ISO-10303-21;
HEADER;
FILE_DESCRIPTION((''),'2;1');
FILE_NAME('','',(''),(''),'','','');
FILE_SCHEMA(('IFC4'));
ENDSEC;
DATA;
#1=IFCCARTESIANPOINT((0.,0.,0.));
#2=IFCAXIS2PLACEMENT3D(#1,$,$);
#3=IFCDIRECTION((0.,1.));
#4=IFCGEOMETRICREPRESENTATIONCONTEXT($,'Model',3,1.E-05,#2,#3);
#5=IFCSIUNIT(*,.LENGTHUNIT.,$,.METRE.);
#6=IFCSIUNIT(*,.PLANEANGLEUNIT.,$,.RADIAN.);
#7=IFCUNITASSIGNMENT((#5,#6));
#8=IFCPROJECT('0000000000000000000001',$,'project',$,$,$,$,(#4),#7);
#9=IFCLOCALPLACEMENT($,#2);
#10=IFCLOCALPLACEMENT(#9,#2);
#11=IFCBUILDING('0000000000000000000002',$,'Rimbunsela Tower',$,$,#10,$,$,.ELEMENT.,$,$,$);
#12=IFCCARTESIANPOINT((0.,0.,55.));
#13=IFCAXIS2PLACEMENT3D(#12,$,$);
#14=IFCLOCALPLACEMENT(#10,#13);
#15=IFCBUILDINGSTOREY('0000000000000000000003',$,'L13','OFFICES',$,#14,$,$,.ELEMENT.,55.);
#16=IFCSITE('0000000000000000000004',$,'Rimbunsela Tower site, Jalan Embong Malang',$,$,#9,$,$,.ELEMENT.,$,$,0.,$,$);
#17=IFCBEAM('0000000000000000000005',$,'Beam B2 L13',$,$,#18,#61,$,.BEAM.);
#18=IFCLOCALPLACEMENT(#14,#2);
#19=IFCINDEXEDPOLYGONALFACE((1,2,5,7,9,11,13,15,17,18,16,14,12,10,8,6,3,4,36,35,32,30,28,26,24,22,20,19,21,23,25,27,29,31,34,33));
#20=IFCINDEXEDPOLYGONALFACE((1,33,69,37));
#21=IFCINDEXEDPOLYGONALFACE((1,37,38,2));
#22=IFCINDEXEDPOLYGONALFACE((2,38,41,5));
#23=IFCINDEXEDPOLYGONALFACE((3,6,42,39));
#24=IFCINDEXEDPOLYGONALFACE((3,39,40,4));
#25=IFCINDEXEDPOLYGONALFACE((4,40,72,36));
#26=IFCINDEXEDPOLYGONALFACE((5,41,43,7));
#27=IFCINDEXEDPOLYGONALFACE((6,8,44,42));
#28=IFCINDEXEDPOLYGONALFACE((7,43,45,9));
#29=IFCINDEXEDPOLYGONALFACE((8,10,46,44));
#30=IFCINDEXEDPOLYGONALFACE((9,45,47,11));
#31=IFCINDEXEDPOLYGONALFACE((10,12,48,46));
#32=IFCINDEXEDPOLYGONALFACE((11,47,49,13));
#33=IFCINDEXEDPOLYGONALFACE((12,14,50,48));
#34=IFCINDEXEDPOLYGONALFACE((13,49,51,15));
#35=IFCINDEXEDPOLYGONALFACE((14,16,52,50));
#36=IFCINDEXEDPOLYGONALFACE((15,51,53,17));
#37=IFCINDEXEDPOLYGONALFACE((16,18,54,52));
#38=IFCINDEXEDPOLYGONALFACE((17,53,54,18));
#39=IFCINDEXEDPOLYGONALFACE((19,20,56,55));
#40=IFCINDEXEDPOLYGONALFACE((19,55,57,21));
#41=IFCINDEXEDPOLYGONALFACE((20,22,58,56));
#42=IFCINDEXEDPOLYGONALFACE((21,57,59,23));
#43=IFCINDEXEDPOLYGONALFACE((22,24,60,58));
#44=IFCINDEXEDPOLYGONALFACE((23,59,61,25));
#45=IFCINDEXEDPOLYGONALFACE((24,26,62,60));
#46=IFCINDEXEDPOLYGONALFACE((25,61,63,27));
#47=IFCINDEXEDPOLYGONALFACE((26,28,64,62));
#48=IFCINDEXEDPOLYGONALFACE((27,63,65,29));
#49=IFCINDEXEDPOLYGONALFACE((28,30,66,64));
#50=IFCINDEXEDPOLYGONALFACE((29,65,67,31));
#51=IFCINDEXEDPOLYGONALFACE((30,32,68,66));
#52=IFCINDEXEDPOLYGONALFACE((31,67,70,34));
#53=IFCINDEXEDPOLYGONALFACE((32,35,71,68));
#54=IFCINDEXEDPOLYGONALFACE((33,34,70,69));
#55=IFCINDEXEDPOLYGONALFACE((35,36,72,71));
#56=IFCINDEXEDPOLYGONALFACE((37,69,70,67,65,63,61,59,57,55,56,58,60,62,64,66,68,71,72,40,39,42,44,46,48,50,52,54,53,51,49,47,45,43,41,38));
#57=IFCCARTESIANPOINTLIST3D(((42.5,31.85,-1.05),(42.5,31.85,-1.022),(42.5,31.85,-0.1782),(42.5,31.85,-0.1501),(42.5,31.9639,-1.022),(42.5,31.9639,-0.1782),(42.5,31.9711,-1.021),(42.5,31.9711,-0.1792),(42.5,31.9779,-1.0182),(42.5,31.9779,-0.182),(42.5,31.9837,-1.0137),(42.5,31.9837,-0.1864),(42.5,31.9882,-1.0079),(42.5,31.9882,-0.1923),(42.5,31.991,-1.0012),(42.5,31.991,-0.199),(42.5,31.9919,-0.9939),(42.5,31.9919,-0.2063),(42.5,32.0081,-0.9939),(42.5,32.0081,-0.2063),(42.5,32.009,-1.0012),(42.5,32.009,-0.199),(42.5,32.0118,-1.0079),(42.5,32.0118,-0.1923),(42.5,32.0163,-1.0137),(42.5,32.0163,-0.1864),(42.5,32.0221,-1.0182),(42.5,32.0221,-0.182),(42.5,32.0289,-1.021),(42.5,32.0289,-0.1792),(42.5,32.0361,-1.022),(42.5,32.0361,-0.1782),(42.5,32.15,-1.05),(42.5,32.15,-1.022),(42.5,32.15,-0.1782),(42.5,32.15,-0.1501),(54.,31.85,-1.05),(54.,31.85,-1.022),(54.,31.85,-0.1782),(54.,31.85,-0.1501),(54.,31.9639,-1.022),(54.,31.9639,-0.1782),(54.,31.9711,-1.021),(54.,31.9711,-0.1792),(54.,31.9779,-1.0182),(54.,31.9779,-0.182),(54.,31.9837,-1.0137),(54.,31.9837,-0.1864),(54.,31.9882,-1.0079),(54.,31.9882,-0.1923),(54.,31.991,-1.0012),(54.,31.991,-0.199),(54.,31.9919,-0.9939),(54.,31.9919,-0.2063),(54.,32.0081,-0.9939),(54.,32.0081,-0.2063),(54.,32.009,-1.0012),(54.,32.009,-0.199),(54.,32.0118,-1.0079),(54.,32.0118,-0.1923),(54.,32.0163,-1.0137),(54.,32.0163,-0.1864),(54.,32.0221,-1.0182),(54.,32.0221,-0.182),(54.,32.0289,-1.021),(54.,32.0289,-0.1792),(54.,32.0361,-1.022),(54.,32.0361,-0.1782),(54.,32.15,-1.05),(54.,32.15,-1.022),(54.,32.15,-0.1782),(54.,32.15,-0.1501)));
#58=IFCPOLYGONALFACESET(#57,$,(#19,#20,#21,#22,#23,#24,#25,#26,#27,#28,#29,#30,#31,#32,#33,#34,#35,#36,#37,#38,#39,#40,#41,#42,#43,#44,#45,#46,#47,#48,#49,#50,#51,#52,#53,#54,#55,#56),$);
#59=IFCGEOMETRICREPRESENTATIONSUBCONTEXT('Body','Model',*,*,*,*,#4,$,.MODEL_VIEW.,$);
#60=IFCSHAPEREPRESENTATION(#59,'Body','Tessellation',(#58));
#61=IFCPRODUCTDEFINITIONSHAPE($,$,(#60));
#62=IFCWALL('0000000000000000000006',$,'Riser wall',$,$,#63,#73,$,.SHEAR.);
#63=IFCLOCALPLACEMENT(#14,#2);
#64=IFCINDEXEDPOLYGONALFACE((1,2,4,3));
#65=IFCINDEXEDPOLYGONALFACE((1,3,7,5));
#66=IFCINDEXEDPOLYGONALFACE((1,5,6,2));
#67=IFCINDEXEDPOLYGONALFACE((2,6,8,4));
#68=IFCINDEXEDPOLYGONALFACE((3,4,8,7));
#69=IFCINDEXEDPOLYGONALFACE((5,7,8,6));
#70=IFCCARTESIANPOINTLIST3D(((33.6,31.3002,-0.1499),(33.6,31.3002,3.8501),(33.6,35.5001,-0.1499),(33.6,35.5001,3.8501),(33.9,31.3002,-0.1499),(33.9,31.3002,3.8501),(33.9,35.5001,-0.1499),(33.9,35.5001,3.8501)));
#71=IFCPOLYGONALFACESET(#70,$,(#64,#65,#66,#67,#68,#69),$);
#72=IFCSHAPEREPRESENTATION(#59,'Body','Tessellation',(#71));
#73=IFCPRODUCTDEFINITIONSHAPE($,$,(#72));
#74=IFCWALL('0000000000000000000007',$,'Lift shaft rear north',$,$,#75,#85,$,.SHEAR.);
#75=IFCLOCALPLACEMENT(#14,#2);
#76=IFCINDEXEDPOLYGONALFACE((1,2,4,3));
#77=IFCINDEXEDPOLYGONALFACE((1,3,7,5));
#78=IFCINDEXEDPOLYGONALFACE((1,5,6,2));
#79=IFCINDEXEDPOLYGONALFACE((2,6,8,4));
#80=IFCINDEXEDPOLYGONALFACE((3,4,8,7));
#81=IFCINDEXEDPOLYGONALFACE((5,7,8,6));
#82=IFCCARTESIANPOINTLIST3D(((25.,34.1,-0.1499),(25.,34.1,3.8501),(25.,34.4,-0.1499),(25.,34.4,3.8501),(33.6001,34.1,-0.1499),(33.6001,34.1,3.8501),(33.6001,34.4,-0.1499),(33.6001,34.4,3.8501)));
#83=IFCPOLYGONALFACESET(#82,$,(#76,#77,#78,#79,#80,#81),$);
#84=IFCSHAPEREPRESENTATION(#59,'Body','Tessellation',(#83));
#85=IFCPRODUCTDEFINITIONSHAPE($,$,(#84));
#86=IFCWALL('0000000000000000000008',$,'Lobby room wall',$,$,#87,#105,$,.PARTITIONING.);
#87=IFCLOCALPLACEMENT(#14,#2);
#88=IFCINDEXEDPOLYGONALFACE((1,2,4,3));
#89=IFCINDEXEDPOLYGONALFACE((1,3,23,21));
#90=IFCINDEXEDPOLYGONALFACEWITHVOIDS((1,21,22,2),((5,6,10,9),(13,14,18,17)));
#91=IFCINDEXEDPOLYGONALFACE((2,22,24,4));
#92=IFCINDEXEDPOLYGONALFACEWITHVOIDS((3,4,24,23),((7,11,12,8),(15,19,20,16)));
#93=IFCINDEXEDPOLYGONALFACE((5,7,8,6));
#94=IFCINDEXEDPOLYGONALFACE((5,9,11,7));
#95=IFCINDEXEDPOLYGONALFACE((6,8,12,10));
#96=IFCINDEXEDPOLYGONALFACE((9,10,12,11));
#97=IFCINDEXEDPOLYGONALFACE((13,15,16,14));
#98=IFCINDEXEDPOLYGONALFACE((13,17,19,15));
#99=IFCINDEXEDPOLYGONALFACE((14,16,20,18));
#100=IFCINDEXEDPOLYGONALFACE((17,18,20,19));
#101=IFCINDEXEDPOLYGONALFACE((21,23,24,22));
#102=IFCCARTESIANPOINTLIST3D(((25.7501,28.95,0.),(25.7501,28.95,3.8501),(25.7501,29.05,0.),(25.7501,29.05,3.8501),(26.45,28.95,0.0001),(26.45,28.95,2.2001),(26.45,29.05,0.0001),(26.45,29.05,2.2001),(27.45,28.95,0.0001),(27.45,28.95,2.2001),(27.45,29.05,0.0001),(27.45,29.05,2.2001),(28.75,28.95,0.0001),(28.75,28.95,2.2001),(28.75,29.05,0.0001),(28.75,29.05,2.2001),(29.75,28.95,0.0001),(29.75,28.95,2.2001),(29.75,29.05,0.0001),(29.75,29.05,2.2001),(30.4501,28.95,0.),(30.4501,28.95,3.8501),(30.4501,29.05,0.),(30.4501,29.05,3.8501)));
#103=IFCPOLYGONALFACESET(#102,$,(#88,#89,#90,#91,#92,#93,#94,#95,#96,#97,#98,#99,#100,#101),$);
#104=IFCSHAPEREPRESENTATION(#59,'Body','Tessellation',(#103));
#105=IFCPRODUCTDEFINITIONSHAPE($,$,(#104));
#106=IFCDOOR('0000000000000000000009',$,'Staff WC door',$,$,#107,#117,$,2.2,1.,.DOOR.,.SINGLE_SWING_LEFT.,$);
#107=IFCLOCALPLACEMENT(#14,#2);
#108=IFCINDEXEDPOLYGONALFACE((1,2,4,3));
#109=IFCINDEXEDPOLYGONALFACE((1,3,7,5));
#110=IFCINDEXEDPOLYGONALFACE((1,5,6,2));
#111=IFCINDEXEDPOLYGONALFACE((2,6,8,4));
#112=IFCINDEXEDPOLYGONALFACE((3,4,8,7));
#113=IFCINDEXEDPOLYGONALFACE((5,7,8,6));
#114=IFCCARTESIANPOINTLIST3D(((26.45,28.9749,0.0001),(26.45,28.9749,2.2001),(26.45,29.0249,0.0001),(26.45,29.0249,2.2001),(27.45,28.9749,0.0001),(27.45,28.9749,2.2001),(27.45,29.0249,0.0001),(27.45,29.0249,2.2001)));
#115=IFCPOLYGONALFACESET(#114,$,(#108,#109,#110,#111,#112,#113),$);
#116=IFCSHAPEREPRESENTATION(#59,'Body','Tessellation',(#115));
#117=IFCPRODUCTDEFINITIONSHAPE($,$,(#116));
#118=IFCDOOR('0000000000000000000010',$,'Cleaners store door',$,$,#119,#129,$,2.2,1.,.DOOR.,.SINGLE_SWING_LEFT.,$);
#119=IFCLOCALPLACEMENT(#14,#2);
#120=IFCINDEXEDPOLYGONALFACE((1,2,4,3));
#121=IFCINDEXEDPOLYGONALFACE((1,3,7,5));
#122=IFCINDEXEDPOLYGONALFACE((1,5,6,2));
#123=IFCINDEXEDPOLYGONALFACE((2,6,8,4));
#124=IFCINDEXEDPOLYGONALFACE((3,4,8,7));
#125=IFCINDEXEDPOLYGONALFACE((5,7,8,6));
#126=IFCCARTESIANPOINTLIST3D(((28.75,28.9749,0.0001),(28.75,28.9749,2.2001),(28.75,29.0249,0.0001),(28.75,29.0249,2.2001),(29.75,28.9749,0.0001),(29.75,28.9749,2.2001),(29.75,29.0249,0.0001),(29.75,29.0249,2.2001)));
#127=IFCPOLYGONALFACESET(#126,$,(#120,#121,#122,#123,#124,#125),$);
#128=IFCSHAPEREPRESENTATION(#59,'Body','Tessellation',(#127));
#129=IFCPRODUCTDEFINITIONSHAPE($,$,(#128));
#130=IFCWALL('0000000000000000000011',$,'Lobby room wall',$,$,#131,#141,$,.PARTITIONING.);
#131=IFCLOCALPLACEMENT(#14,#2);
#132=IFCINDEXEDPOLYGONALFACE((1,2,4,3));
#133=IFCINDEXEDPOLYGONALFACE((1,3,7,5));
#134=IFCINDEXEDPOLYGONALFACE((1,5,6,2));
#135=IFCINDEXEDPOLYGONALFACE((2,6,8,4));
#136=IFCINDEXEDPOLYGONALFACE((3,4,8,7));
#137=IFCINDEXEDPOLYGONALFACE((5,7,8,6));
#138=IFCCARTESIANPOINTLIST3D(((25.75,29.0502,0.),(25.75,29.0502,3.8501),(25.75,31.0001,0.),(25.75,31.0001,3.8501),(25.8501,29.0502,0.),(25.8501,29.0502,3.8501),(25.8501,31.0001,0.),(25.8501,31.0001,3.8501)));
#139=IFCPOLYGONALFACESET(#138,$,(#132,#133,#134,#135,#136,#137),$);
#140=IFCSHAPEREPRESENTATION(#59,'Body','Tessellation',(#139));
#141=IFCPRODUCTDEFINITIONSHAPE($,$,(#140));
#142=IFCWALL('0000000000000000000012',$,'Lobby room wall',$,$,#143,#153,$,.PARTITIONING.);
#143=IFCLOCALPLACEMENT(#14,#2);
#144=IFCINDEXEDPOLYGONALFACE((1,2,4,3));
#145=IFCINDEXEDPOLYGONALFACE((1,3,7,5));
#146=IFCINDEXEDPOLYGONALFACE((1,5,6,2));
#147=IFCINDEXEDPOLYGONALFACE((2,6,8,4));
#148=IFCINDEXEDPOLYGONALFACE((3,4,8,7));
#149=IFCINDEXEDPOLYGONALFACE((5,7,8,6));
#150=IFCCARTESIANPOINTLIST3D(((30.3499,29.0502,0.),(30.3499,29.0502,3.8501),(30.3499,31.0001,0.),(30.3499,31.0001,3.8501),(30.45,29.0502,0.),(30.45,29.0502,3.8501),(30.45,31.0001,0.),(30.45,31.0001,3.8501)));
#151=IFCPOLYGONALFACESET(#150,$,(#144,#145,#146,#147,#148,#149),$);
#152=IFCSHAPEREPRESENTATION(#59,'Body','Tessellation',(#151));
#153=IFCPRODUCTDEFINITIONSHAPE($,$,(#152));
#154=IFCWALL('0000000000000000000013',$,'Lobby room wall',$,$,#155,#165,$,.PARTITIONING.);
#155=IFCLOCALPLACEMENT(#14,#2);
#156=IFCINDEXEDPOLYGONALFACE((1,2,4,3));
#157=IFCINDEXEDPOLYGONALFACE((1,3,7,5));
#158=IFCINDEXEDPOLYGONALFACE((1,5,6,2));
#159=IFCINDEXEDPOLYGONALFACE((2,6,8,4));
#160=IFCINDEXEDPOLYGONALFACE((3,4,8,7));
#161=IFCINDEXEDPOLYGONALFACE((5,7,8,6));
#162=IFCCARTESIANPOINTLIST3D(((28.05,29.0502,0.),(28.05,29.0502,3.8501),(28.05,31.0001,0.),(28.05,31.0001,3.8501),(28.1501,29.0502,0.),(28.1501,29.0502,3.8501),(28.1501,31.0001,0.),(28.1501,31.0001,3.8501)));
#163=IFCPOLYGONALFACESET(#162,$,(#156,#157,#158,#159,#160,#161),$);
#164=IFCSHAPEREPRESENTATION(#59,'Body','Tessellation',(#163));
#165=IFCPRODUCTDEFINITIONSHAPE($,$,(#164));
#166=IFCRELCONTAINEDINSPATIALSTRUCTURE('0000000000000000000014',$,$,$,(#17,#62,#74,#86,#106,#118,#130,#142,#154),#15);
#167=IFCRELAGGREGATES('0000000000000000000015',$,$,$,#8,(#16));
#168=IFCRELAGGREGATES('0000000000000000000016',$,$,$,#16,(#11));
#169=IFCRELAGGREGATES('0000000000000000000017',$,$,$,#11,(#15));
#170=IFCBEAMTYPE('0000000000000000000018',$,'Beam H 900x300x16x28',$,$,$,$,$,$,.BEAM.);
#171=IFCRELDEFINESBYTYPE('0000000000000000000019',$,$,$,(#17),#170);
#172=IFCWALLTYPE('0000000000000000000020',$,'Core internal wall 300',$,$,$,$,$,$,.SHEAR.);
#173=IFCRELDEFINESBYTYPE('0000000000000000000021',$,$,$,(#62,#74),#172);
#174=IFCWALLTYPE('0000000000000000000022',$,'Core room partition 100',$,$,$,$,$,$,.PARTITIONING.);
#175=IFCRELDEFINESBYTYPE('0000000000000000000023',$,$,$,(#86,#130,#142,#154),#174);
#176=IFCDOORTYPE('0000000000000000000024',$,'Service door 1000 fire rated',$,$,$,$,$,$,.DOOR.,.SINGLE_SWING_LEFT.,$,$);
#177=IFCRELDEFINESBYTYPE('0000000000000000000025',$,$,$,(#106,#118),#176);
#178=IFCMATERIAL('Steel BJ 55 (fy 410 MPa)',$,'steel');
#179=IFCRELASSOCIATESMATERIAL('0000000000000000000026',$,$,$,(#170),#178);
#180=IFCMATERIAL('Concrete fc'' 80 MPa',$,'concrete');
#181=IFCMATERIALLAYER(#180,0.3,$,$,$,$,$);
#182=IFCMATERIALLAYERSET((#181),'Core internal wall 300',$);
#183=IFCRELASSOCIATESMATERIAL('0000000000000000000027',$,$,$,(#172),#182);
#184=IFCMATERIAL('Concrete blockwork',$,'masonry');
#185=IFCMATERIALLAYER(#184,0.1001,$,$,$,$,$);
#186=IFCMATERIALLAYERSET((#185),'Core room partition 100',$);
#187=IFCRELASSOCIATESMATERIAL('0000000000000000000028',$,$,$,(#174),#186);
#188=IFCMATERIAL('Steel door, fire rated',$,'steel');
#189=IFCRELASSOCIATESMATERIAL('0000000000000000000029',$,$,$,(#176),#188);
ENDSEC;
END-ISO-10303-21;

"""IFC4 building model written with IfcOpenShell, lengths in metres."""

from ifc_helpers import new_model, si_unit, direction, frame, frame_2d, origin, origin_2d, place, context, subcontext, project, spatial, rectangle, i_section, extrude, material, layer, layer_set, material_profile, profile_set, type_object, element, fill, save


model = new_model("IFC4")

# Units and contexts
model_context = context("Model", 3, precision=1e-05, world=origin(), true_north=direction((0.0, 1.0)))
body_context = subcontext(model_context, "Body", "Model", "MODEL_VIEW")
ifc_project = project(units=[si_unit("LENGTHUNIT", "METRE"), si_unit("PLANEANGLEUNIT", "RADIAN")], contexts=[model_context])

# Site, building, storey
site_placement = place(None, origin())
site = spatial("IfcSite", under=ifc_project, at=site_placement, Name="Rimbunsela Tower site, Jalan Embong Malang", CompositionType="ELEMENT", RefElevation=0.0)
building_placement = place(site_placement, origin())
building = spatial("IfcBuilding", under=site, at=building_placement, Name="Rimbunsela Tower", CompositionType="ELEMENT")
storey_placement = place(building_placement, frame((0.0, 0.0, 55.0)))
storey = spatial("IfcBuildingStorey", under=building, at=storey_placement, Name="L13", Description="OFFICES", CompositionType="ELEMENT", Elevation=55.0)

# Beam
ifc_material_1 = material(Name="Steel BJ 55 (fy 410 MPa)", Category="steel")
ifc_material_profile_1 = material_profile(ifc_material_1, i_section(OverallWidth=0.3, OverallDepth=0.8999, WebThickness=0.0161, FlangeThickness=0.0281, FilletRadius=0.0281, at=origin_2d()), Name="H 900x300x16x28")
ifc_profile_set_1 = profile_set([ifc_material_profile_1], Name="Steel BJ 55 (fy 410 MPa)")
beam_type_1 = type_object("IfcBeamType", Name="Beam H 900x300x16x28", PredefinedType="BEAM", material=ifc_profile_set_1)
beam_placement = place(storey_placement, frame((42.5, 32.0, -0.6001), z_axis=(1.0, 0.0, 0.0), x_axis=(0.0, 1.0, 0.0)))
element("IfcBeam", 1, at=beam_placement, inside=storey, type_object=beam_type_1, Name="Beam B2 L13", PredefinedType="BEAM", context=body_context, shape_type="SweptSolid", body=[
    extrude(i_section(OverallWidth=0.3, OverallDepth=0.8999, WebThickness=0.0161, FlangeThickness=0.0281, FilletRadius=0.0281, at=origin_2d()), origin(), (0.0, 0.0, 1.0), 11.5),
])

# Walls
ifc_material_2 = material(Name="Concrete fc' 80 MPa", Category="concrete")
ifc_layer_1 = layer(ifc_material_2, 0.3)
ifc_layer_set_1 = layer_set([ifc_layer_1], Name="Core internal wall 300")
wall_type_1 = type_object("IfcWallType", Name="Core internal wall 300", PredefinedType="SHEAR", material=ifc_layer_set_1)
wall_1_placement = place(storey_placement, frame((33.75, 31.3, -0.1499), z_axis=(0.0, 0.0, 1.0), x_axis=(0.0, 1.0, 0.0)))
element("IfcWall", 2, at=wall_1_placement, inside=storey, type_object=wall_type_1, Name="Riser wall", PredefinedType="SHEAR", context=body_context, shape_type="SweptSolid", body=[
    extrude(rectangle(XDim=4.2, YDim=0.3, at=frame_2d((2.1001, 0.0))), origin(), (0.0, 0.0, 1.0), 4.0),
])
wall_2_placement = place(storey_placement, frame((25.0, 34.25, -0.1499), z_axis=(0.0, 0.0, 1.0), x_axis=(1.0, 0.0, 0.0)))
element("IfcWall", 3, at=wall_2_placement, inside=storey, type_object=wall_type_1, Name="Lift shaft rear north", PredefinedType="SHEAR", context=body_context, shape_type="SweptSolid", body=[
    extrude(rectangle(XDim=8.6001, YDim=0.3, at=frame_2d((4.3, 0.0))), origin(), (0.0, 0.0, 1.0), 4.0),
])

# Wall, openings, doors
ifc_material_3 = material(Name="Concrete blockwork", Category="masonry")
ifc_layer_2 = layer(ifc_material_3, 0.1001)
ifc_layer_set_2 = layer_set([ifc_layer_2], Name="Core room partition 100")
wall_type_2 = type_object("IfcWallType", Name="Core room partition 100", PredefinedType="PARTITIONING", material=ifc_layer_set_2)
wall_3_placement = place(storey_placement, frame((25.75, 29.0, 0.0), z_axis=(0.0, 0.0, 1.0), x_axis=(1.0, 0.0, 0.0)))
wall_3 = element("IfcWall", 4, at=wall_3_placement, inside=storey, type_object=wall_type_2, Name="Lobby room wall", PredefinedType="PARTITIONING", context=body_context, shape_type="SweptSolid", body=[
    extrude(rectangle(XDim=4.7, YDim=0.1001, at=frame_2d((2.3501, 0.0))), origin(), (0.0, 0.0, 1.0), 3.8501),
])
opening_1_placement = place(wall_3_placement, frame((0.7, 0.0, 0.0)))
opening_1 = element("IfcOpeningElement", 5, at=opening_1_placement, cuts=wall_3, PredefinedType="OPENING", context=body_context, shape_type="SweptSolid", body=[
    extrude(rectangle(XDim=1.0, YDim=2.2, at=frame_2d((0.5, 1.1001))), frame((0.0, 0.0601, 0.0), z_axis=(0.0, -1.0, 0.0), x_axis=(1.0, 0.0, 0.0)), (0.0, 0.0, 1.0), 0.1201),
])
opening_2_placement = place(wall_3_placement, frame((3.0, 0.0, 0.0)))
opening_2 = element("IfcOpeningElement", 6, at=opening_2_placement, cuts=wall_3, PredefinedType="OPENING", context=body_context, shape_type="SweptSolid", body=[
    extrude(rectangle(XDim=1.0, YDim=2.2, at=frame_2d((0.5, 1.1001))), frame((0.0, 0.0601, 0.0), z_axis=(0.0, -1.0, 0.0), x_axis=(1.0, 0.0, 0.0)), (0.0, 0.0, 1.0), 0.1201),
])
ifc_material_4 = material(Name="Steel door, fire rated", Category="steel")
door_type = type_object("IfcDoorType", Name="Service door 1000 fire rated", OperationType="SINGLE_SWING_LEFT", PredefinedType="DOOR", material=ifc_material_4)
door_1_placement = place(opening_1_placement, origin())
door_1 = element("IfcDoor", 7, at=door_1_placement, inside=storey, type_object=door_type, Name="Staff WC door", OperationType="SINGLE_SWING_LEFT", OverallHeight=2.2, OverallWidth=1.0, PredefinedType="DOOR", context=body_context, shape_type="SweptSolid", body=[
    extrude(rectangle(XDim=1.0, YDim=2.2, at=frame_2d((0.5, 1.1001))), frame((0.0, 0.0249, 0.0), z_axis=(0.0, -1.0, 0.0), x_axis=(1.0, 0.0, 0.0)), (0.0, 0.0, 1.0), 0.05),
])
fill(opening_1, door_1)
door_2_placement = place(opening_2_placement, origin())
door_2 = element("IfcDoor", 8, at=door_2_placement, inside=storey, type_object=door_type, Name="Cleaners store door", OperationType="SINGLE_SWING_LEFT", OverallHeight=2.2, OverallWidth=1.0, PredefinedType="DOOR", context=body_context, shape_type="SweptSolid", body=[
    extrude(rectangle(XDim=1.0, YDim=2.2, at=frame_2d((0.5, 1.1001))), frame((0.0, 0.0249, 0.0), z_axis=(0.0, -1.0, 0.0), x_axis=(1.0, 0.0, 0.0)), (0.0, 0.0, 1.0), 0.05),
])
fill(opening_2, door_2)

# Walls
for number, where, z_axis, x_axis, name in (
    (9, (25.8, 29.05, 0.0), (0.0, 0.0, 1.0), (0.0, 1.0, 0.0), "Lobby room wall"),
    (10, (30.3999, 29.05, 0.0), (0.0, 0.0, 1.0), (0.0, 1.0, 0.0), "Lobby room wall"),
    (11, (28.1001, 29.05, 0.0), (0.0, 0.0, 1.0), (0.0, 1.0, 0.0), "Lobby room wall"),
):
    element("IfcWall", number, at=place(storey_placement, frame(where, z_axis=z_axis, x_axis=x_axis)), inside=storey, type_object=wall_type_2, Name=name, PredefinedType="PARTITIONING", context=body_context, shape_type="SweptSolid", body=[
        extrude(rectangle(XDim=1.95, YDim=0.1001, at=frame_2d((0.9751, 0.0))), origin(), (0.0, 0.0, 1.0), 3.8501),
    ])

save(model, "model.ifc")
